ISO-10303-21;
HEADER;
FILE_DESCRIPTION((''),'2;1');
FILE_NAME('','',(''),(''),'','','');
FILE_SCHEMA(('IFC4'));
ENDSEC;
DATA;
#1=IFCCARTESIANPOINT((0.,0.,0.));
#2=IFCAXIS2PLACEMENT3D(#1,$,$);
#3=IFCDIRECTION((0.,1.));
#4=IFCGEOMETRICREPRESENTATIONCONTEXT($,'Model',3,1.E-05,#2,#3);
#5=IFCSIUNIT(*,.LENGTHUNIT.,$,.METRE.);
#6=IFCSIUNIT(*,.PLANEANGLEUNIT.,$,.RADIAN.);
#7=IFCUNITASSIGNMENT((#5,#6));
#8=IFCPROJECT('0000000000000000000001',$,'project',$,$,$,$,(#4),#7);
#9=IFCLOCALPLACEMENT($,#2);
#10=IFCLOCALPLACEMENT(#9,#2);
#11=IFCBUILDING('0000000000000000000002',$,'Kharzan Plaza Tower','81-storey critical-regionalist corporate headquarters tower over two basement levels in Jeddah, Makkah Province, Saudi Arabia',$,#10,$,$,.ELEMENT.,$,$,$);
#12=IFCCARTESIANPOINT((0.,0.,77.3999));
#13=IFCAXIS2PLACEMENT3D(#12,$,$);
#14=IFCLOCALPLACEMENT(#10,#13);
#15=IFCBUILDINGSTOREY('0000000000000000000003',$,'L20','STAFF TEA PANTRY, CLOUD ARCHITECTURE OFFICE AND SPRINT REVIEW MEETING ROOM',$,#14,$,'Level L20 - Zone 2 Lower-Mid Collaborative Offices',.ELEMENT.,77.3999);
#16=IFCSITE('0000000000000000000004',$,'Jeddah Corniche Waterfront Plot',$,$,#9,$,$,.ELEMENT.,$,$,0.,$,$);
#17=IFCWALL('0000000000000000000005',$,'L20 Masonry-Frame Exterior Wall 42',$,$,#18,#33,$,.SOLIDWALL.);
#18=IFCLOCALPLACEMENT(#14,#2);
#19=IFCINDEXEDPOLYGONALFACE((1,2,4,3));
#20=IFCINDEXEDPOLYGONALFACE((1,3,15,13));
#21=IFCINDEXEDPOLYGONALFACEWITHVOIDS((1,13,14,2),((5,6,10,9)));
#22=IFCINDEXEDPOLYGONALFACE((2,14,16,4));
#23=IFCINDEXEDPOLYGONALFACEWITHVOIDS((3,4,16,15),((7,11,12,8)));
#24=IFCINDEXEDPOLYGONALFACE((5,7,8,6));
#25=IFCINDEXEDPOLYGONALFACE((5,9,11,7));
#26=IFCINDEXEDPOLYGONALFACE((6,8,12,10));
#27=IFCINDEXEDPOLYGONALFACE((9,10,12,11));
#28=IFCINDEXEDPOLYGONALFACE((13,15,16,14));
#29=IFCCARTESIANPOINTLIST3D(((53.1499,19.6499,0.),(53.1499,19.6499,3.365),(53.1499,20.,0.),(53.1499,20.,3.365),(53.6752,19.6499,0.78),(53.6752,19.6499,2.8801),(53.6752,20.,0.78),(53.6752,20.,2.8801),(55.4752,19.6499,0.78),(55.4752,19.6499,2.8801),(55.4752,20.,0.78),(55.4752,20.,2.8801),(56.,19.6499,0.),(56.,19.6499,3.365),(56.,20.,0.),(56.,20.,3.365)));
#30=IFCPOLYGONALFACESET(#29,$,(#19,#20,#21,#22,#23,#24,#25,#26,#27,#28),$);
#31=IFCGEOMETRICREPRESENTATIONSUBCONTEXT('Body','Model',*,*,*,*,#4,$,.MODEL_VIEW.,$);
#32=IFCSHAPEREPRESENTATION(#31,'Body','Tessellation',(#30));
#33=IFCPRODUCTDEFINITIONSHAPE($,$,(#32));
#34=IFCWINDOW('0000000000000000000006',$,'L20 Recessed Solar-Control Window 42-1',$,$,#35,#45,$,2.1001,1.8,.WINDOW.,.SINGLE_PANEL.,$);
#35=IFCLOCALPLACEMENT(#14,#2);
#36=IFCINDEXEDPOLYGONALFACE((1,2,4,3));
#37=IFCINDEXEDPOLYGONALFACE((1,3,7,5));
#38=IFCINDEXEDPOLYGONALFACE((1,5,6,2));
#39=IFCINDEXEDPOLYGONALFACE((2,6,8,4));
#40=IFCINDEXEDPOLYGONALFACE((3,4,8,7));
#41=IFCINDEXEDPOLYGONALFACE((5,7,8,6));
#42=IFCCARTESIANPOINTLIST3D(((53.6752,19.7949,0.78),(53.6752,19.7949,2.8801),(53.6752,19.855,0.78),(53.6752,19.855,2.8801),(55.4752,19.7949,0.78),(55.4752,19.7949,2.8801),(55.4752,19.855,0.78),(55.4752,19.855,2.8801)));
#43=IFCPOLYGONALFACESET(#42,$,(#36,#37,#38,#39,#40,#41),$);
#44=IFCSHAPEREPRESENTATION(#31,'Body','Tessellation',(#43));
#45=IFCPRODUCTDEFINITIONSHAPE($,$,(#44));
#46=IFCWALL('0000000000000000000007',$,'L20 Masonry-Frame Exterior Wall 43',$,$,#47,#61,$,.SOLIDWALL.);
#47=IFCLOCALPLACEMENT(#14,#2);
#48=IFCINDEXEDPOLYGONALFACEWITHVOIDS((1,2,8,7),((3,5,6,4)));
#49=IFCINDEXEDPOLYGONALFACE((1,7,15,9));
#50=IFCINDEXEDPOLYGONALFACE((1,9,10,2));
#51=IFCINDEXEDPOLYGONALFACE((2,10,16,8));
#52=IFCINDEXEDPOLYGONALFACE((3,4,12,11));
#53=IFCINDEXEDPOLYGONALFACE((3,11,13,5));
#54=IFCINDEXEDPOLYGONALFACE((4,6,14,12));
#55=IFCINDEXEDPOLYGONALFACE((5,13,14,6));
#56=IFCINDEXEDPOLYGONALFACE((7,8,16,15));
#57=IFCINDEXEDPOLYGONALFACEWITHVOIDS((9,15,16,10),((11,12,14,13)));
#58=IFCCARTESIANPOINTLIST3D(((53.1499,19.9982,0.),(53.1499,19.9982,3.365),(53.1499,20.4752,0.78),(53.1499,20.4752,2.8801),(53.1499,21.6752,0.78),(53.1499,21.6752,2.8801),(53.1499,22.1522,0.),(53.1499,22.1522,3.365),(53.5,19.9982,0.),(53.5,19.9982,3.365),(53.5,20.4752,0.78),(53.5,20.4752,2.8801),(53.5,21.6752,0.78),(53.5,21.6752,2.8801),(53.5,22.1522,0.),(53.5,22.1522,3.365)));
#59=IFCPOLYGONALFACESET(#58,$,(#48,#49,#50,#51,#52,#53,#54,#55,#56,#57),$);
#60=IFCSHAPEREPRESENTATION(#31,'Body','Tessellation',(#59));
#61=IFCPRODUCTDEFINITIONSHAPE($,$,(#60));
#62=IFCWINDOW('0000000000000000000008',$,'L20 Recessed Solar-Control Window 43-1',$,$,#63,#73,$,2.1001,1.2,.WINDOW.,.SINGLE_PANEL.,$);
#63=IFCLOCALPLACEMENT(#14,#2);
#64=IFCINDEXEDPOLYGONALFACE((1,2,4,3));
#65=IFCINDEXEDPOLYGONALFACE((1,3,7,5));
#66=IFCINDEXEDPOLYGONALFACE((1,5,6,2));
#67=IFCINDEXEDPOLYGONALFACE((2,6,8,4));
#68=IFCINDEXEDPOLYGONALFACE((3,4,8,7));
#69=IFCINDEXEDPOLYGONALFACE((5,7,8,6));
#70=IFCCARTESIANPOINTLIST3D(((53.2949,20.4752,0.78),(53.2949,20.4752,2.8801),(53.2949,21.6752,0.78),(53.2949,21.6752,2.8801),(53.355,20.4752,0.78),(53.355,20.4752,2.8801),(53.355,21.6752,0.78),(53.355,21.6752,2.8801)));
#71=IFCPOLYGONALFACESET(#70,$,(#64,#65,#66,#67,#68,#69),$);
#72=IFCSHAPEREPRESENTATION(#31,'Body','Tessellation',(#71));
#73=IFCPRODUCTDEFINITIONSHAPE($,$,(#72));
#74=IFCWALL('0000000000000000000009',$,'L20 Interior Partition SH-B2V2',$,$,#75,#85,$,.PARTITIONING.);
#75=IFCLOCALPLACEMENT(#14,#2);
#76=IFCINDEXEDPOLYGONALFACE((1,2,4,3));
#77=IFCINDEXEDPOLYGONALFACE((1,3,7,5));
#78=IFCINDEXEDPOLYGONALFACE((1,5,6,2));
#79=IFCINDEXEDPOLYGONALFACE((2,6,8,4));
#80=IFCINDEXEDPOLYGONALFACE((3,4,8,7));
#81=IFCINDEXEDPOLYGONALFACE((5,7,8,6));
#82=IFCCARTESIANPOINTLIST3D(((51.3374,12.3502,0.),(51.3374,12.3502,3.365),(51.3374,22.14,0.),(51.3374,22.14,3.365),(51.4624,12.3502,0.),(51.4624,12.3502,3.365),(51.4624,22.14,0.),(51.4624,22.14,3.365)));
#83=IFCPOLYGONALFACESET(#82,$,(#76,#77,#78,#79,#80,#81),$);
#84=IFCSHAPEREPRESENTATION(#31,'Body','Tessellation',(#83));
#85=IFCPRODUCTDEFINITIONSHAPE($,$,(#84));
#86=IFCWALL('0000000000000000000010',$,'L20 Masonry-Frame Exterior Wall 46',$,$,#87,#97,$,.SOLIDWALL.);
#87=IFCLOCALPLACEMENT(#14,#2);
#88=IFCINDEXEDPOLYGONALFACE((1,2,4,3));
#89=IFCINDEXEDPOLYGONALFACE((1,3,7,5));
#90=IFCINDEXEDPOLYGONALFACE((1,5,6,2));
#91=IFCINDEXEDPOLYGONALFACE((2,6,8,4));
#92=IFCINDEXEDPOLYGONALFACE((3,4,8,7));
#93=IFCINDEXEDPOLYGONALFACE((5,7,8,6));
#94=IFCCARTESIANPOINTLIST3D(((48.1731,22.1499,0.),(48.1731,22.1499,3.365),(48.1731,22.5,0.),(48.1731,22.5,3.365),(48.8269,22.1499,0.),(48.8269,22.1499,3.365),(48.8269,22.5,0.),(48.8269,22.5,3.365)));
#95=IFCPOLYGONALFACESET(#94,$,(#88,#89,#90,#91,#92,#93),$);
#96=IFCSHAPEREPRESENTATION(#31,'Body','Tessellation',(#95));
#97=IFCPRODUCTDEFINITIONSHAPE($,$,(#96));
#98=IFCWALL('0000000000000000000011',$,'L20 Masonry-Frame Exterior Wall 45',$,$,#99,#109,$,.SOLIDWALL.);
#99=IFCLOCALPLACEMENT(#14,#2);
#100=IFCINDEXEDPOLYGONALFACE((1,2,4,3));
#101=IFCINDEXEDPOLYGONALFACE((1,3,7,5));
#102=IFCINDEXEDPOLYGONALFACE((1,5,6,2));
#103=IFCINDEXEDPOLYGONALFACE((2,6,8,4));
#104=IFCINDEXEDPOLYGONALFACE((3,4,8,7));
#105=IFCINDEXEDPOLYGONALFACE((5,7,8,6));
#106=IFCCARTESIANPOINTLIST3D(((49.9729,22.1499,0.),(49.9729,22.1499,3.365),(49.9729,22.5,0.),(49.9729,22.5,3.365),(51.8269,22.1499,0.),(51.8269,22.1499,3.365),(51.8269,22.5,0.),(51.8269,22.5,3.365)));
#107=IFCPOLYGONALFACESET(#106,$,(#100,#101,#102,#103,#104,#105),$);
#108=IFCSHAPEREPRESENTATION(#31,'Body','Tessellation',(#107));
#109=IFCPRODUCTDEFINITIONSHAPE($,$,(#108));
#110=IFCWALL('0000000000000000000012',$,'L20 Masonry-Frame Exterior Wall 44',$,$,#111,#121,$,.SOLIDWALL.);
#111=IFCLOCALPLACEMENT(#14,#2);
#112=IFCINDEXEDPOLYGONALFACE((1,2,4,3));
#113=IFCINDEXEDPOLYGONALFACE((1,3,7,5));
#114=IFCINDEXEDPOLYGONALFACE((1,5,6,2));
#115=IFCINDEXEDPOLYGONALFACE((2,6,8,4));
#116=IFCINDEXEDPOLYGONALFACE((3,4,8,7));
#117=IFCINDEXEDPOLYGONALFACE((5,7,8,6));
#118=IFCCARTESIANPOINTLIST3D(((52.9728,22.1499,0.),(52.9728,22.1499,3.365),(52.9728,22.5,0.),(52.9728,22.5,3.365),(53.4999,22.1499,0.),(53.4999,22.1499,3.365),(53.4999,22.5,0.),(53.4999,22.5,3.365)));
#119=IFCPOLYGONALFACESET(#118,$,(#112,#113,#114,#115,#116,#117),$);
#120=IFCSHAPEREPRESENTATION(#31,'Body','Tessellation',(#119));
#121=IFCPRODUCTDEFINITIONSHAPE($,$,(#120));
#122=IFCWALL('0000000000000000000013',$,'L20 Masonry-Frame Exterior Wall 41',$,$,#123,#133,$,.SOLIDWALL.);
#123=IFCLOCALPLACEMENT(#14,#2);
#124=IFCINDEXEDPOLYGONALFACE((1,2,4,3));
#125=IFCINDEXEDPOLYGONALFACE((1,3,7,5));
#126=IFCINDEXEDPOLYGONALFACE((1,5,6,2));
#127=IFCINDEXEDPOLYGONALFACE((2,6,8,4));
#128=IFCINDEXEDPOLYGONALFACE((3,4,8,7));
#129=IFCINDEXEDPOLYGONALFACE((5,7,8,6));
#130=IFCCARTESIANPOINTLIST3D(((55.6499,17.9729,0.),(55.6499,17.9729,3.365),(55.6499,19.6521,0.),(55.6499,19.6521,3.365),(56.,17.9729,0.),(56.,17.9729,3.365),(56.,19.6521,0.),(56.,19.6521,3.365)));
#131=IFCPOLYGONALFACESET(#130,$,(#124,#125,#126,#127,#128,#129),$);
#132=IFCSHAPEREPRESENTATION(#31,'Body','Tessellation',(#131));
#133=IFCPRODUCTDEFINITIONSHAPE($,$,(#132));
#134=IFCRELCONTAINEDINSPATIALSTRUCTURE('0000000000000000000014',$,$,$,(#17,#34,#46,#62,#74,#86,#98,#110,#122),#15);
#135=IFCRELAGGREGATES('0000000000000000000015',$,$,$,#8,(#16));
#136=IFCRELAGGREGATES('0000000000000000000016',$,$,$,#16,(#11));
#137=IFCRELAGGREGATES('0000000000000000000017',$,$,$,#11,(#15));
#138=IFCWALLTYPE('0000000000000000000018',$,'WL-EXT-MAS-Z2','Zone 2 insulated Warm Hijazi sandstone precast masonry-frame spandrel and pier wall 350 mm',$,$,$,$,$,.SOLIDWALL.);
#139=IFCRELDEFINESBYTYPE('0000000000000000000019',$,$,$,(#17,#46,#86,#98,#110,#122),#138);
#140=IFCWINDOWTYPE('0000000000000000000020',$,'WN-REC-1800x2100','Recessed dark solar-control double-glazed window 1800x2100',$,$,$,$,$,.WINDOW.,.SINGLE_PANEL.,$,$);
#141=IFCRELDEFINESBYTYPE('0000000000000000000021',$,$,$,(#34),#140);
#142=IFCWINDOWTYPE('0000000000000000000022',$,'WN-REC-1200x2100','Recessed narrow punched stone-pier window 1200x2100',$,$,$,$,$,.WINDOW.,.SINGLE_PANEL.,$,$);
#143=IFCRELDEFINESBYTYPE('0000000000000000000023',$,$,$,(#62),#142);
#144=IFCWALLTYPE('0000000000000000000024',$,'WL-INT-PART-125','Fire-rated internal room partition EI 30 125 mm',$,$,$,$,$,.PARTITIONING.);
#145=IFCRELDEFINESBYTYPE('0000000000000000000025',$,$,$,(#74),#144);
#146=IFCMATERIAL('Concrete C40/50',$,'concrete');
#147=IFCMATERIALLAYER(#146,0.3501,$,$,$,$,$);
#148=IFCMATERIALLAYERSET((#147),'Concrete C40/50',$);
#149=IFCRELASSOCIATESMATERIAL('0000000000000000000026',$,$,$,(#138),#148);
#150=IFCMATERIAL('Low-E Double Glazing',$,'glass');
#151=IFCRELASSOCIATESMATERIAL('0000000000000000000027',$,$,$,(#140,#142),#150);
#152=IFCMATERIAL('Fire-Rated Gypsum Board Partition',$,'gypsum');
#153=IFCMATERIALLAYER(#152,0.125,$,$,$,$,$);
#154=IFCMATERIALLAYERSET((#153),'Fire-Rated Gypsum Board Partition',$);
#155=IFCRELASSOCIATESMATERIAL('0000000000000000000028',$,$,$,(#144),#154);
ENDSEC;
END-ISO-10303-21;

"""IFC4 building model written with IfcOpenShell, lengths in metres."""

from ifc_helpers import new_model, si_unit, direction, frame, frame_2d, origin, place, context, subcontext, project, spatial, rectangle, extrude, source, transform, mapped, material, layer, layer_set, type_object, element, fill, save


model = new_model("IFC4")

# Units and contexts
model_context = context("Model", 3, precision=1e-05, world=origin(), true_north=direction((0.0, 1.0)))
body_context = subcontext(model_context, "Body", "Model", "MODEL_VIEW")
ifc_project = project(units=[si_unit("LENGTHUNIT", "METRE"), si_unit("PLANEANGLEUNIT", "RADIAN")], contexts=[model_context])

# Site, building, storey
site_placement = place(None, origin())
site = spatial("IfcSite", under=ifc_project, at=site_placement, Name="Jeddah Corniche Waterfront Plot", CompositionType="ELEMENT", RefElevation=0.0)
building_placement = place(site_placement, origin())
building = spatial("IfcBuilding", under=site, at=building_placement, Name="Kharzan Plaza Tower", Description="81-storey critical-regionalist corporate headquarters tower over two basement levels in Jeddah, Makkah Province, Saudi Arabia", CompositionType="ELEMENT")
storey_placement = place(building_placement, frame((0.0, 0.0, 77.3999)))
storey = spatial("IfcBuildingStorey", under=building, at=storey_placement, Name="L20", Description="STAFF TEA PANTRY, CLOUD ARCHITECTURE OFFICE AND SPRINT REVIEW MEETING ROOM", LongName="Level L20 - Zone 2 Lower-Mid Collaborative Offices", CompositionType="ELEMENT", Elevation=77.3999)

# Walls, openings, windows
ifc_material_1 = material(Name="Concrete C40/50", Category="concrete")
ifc_layer_1 = layer(ifc_material_1, 0.3501)
ifc_layer_set_1 = layer_set([ifc_layer_1], Name="Concrete C40/50")
wall_type_1 = type_object("IfcWallType", Name="WL-EXT-MAS-Z2", Description="Zone 2 insulated Warm Hijazi sandstone precast masonry-frame spandrel and pier wall 350 mm", PredefinedType="SOLIDWALL", material=ifc_layer_set_1)
ifc_material_2 = material(Name="Low-E Double Glazing", Category="glass")
window_type_1 = type_object("IfcWindowType", Name="WN-REC-1800x2100", Description="Recessed dark solar-control double-glazed window 1800x2100", PartitioningType="SINGLE_PANEL", PredefinedType="WINDOW", material=ifc_material_2)
shared_shape_1 = source(origin(), body_context, "Body", "SweptSolid", [
    extrude(rectangle(XDim=1.8, YDim=2.1001, at=frame_2d((0.8999, 1.05))), frame((0.0, 0.03, 0.0), z_axis=(0.0, -1.0, 0.0), x_axis=(1.0, 0.0, 0.0)), (0.0, 0.0, 1.0), 0.0601),
])
wall_1_placement = place(storey_placement, frame((56.0, 19.825, 0.0), z_axis=(0.0, 0.0, 1.0), x_axis=(-1.0, 0.0, 0.0)))
wall_1 = element("IfcWall", 1, at=wall_1_placement, inside=storey, type_object=wall_type_1, Name="L20 Masonry-Frame Exterior Wall 42", PredefinedType="SOLIDWALL", context=body_context, shape_type="SweptSolid", body=[
    extrude(rectangle(XDim=2.8501, YDim=0.3501, at=frame_2d((1.425, 0.0))), origin(), (0.0, 0.0, 1.0), 3.365),
])
opening_1_placement = place(wall_1_placement, frame((0.5249, 0.0, 0.78)))
opening_1 = element("IfcOpeningElement", 2, at=opening_1_placement, cuts=wall_1, PredefinedType="OPENING", context=body_context, shape_type="SweptSolid", body=[
    extrude(rectangle(XDim=1.8, YDim=2.1001, at=frame_2d((0.8999, 1.05))), frame((0.0, 0.1851, 0.0), z_axis=(0.0, -1.0, 0.0), x_axis=(1.0, 0.0, 0.0)), (0.0, 0.0, 1.0), 0.3701),
])
window_1_placement = place(opening_1_placement, origin())
window_1 = element("IfcWindow", 3, at=window_1_placement, inside=storey, type_object=window_type_1, Name="L20 Recessed Solar-Control Window 42-1", OverallHeight=2.1001, OverallWidth=1.8, PartitioningType="SINGLE_PANEL", PredefinedType="WINDOW", context=body_context, shape_type="MappedRepresentation", body=[
    mapped(shared_shape_1, transform((0.0, 0.0, 0.0), x_axis=(1.0, 0.0, 0.0), y_axis=(0.0, 1.0, 0.0), z_axis=(0.0, 0.0, 1.0))),
])
fill(opening_1, window_1)
wall_2_placement = place(storey_placement, frame((53.325, 19.998, 0.0), z_axis=(0.0, 0.0, 1.0), x_axis=(0.0, 1.0, 0.0)))
wall_2 = element("IfcWall", 4, at=wall_2_placement, inside=storey, type_object=wall_type_1, Name="L20 Masonry-Frame Exterior Wall 43", PredefinedType="SOLIDWALL", context=body_context, shape_type="SweptSolid", body=[
    extrude(rectangle(XDim=2.1541, YDim=0.3501, at=frame_2d((1.0771, 0.0))), origin(), (0.0, 0.0, 1.0), 3.365),
])
opening_2_placement = place(wall_2_placement, frame((0.4771, 0.0, 0.78)))
opening_2 = element("IfcOpeningElement", 5, at=opening_2_placement, cuts=wall_2, PredefinedType="OPENING", context=body_context, shape_type="SweptSolid", body=[
    extrude(rectangle(XDim=1.2, YDim=2.1001, at=frame_2d((0.6001, 1.05))), frame((0.0, 0.1851, 0.0), z_axis=(0.0, -1.0, 0.0), x_axis=(1.0, 0.0, 0.0)), (0.0, 0.0, 1.0), 0.3701),
])
window_type_2 = type_object("IfcWindowType", Name="WN-REC-1200x2100", Description="Recessed narrow punched stone-pier window 1200x2100", PartitioningType="SINGLE_PANEL", PredefinedType="WINDOW", material=ifc_material_2)
shared_shape_2 = source(origin(), body_context, "Body", "SweptSolid", [
    extrude(rectangle(XDim=1.2, YDim=2.1001, at=frame_2d((0.6001, 1.05))), frame((0.0, 0.03, 0.0), z_axis=(0.0, -1.0, 0.0), x_axis=(1.0, 0.0, 0.0)), (0.0, 0.0, 1.0), 0.0601),
])
window_2_placement = place(opening_2_placement, origin())
window_2 = element("IfcWindow", 6, at=window_2_placement, inside=storey, type_object=window_type_2, Name="L20 Recessed Solar-Control Window 43-1", OverallHeight=2.1001, OverallWidth=1.2, PartitioningType="SINGLE_PANEL", PredefinedType="WINDOW", context=body_context, shape_type="MappedRepresentation", body=[
    mapped(shared_shape_2, transform((0.0, 0.0, 0.0), x_axis=(1.0, 0.0, 0.0), y_axis=(0.0, 1.0, 0.0), z_axis=(0.0, 0.0, 1.0))),
])
fill(opening_2, window_2)

# Walls
ifc_material_3 = material(Name="Fire-Rated Gypsum Board Partition", Category="gypsum")
ifc_layer_2 = layer(ifc_material_3, 0.125)
ifc_layer_set_2 = layer_set([ifc_layer_2], Name="Fire-Rated Gypsum Board Partition")
wall_type_2 = type_object("IfcWallType", Name="WL-INT-PART-125", Description="Fire-rated internal room partition EI 30 125 mm", PredefinedType="PARTITIONING", material=ifc_layer_set_2)
shared_shape_3 = source(origin(), body_context, "Body", "SweptSolid", [
    extrude(rectangle(XDim=9.7898, YDim=0.125, at=frame_2d((4.895, 0.0))), origin(), (0.0, 0.0, 1.0), 3.365),
])
wall_3_placement = place(storey_placement, frame((51.3999, 12.3501, 0.0), z_axis=(0.0, 0.0, 1.0), x_axis=(0.0, 1.0, 0.0)))
element("IfcWall", 7, at=wall_3_placement, inside=storey, type_object=wall_type_2, Name="L20 Interior Partition SH-B2V2", PredefinedType="PARTITIONING", context=body_context, shape_type="MappedRepresentation", body=[
    mapped(shared_shape_3, transform((0.0, 0.0, 0.0), x_axis=(1.0, 0.0, 0.0), y_axis=(0.0, 1.0, 0.0), z_axis=(0.0, 0.0, 1.0))),
])
shared_shape_4 = source(origin(), body_context, "Body", "SweptSolid", [
    extrude(rectangle(XDim=0.6538, YDim=0.3501, at=frame_2d((0.3269, 0.0))), origin(), (0.0, 0.0, 1.0), 3.365),
])
wall_4_placement = place(storey_placement, frame((48.8269, 22.325, 0.0), z_axis=(0.0, 0.0, 1.0), x_axis=(-1.0, 0.0, 0.0)))
element("IfcWall", 8, at=wall_4_placement, inside=storey, type_object=wall_type_1, Name="L20 Masonry-Frame Exterior Wall 46", PredefinedType="SOLIDWALL", context=body_context, shape_type="MappedRepresentation", body=[
    mapped(shared_shape_4, transform((0.0, 0.0, 0.0), x_axis=(1.0, 0.0, 0.0), y_axis=(0.0, 1.0, 0.0), z_axis=(0.0, 0.0, 1.0))),
])
shared_shape_5 = source(origin(), body_context, "Body", "SweptSolid", [
    extrude(rectangle(XDim=1.854, YDim=0.3501, at=frame_2d((0.927, 0.0))), origin(), (0.0, 0.0, 1.0), 3.365),
])
wall_5_placement = place(storey_placement, frame((51.8269, 22.325, 0.0), z_axis=(0.0, 0.0, 1.0), x_axis=(-1.0, 0.0, 0.0)))
element("IfcWall", 9, at=wall_5_placement, inside=storey, type_object=wall_type_1, Name="L20 Masonry-Frame Exterior Wall 45", PredefinedType="SOLIDWALL", context=body_context, shape_type="MappedRepresentation", body=[
    mapped(shared_shape_5, transform((0.0, 0.0, 0.0), x_axis=(1.0, 0.0, 0.0), y_axis=(0.0, 1.0, 0.0), z_axis=(0.0, 0.0, 1.0))),
])
shared_shape_6 = source(origin(), body_context, "Body", "SweptSolid", [
    extrude(rectangle(XDim=0.5271, YDim=0.3501, at=frame_2d((0.2637, 0.0))), origin(), (0.0, 0.0, 1.0), 3.365),
])
wall_6_placement = place(storey_placement, frame((53.5, 22.325, 0.0), z_axis=(0.0, 0.0, 1.0), x_axis=(-1.0, 0.0, 0.0)))
element("IfcWall", 10, at=wall_6_placement, inside=storey, type_object=wall_type_1, Name="L20 Masonry-Frame Exterior Wall 44", PredefinedType="SOLIDWALL", context=body_context, shape_type="MappedRepresentation", body=[
    mapped(shared_shape_6, transform((0.0, 0.0, 0.0), x_axis=(1.0, 0.0, 0.0), y_axis=(0.0, 1.0, 0.0), z_axis=(0.0, 0.0, 1.0))),
])
shared_shape_7 = source(origin(), body_context, "Body", "SweptSolid", [
    extrude(rectangle(XDim=1.6792, YDim=0.3501, at=frame_2d((0.8396, 0.0))), origin(), (0.0, 0.0, 1.0), 3.365),
])
wall_7_placement = place(storey_placement, frame((55.825, 17.9729, 0.0), z_axis=(0.0, 0.0, 1.0), x_axis=(0.0, 1.0, 0.0)))
element("IfcWall", 11, at=wall_7_placement, inside=storey, type_object=wall_type_1, Name="L20 Masonry-Frame Exterior Wall 41", PredefinedType="SOLIDWALL", context=body_context, shape_type="MappedRepresentation", body=[
    mapped(shared_shape_7, transform((0.0, 0.0, 0.0), x_axis=(1.0, 0.0, 0.0), y_axis=(0.0, 1.0, 0.0), z_axis=(0.0, 0.0, 1.0))),
])

save(model, "model.ifc")
